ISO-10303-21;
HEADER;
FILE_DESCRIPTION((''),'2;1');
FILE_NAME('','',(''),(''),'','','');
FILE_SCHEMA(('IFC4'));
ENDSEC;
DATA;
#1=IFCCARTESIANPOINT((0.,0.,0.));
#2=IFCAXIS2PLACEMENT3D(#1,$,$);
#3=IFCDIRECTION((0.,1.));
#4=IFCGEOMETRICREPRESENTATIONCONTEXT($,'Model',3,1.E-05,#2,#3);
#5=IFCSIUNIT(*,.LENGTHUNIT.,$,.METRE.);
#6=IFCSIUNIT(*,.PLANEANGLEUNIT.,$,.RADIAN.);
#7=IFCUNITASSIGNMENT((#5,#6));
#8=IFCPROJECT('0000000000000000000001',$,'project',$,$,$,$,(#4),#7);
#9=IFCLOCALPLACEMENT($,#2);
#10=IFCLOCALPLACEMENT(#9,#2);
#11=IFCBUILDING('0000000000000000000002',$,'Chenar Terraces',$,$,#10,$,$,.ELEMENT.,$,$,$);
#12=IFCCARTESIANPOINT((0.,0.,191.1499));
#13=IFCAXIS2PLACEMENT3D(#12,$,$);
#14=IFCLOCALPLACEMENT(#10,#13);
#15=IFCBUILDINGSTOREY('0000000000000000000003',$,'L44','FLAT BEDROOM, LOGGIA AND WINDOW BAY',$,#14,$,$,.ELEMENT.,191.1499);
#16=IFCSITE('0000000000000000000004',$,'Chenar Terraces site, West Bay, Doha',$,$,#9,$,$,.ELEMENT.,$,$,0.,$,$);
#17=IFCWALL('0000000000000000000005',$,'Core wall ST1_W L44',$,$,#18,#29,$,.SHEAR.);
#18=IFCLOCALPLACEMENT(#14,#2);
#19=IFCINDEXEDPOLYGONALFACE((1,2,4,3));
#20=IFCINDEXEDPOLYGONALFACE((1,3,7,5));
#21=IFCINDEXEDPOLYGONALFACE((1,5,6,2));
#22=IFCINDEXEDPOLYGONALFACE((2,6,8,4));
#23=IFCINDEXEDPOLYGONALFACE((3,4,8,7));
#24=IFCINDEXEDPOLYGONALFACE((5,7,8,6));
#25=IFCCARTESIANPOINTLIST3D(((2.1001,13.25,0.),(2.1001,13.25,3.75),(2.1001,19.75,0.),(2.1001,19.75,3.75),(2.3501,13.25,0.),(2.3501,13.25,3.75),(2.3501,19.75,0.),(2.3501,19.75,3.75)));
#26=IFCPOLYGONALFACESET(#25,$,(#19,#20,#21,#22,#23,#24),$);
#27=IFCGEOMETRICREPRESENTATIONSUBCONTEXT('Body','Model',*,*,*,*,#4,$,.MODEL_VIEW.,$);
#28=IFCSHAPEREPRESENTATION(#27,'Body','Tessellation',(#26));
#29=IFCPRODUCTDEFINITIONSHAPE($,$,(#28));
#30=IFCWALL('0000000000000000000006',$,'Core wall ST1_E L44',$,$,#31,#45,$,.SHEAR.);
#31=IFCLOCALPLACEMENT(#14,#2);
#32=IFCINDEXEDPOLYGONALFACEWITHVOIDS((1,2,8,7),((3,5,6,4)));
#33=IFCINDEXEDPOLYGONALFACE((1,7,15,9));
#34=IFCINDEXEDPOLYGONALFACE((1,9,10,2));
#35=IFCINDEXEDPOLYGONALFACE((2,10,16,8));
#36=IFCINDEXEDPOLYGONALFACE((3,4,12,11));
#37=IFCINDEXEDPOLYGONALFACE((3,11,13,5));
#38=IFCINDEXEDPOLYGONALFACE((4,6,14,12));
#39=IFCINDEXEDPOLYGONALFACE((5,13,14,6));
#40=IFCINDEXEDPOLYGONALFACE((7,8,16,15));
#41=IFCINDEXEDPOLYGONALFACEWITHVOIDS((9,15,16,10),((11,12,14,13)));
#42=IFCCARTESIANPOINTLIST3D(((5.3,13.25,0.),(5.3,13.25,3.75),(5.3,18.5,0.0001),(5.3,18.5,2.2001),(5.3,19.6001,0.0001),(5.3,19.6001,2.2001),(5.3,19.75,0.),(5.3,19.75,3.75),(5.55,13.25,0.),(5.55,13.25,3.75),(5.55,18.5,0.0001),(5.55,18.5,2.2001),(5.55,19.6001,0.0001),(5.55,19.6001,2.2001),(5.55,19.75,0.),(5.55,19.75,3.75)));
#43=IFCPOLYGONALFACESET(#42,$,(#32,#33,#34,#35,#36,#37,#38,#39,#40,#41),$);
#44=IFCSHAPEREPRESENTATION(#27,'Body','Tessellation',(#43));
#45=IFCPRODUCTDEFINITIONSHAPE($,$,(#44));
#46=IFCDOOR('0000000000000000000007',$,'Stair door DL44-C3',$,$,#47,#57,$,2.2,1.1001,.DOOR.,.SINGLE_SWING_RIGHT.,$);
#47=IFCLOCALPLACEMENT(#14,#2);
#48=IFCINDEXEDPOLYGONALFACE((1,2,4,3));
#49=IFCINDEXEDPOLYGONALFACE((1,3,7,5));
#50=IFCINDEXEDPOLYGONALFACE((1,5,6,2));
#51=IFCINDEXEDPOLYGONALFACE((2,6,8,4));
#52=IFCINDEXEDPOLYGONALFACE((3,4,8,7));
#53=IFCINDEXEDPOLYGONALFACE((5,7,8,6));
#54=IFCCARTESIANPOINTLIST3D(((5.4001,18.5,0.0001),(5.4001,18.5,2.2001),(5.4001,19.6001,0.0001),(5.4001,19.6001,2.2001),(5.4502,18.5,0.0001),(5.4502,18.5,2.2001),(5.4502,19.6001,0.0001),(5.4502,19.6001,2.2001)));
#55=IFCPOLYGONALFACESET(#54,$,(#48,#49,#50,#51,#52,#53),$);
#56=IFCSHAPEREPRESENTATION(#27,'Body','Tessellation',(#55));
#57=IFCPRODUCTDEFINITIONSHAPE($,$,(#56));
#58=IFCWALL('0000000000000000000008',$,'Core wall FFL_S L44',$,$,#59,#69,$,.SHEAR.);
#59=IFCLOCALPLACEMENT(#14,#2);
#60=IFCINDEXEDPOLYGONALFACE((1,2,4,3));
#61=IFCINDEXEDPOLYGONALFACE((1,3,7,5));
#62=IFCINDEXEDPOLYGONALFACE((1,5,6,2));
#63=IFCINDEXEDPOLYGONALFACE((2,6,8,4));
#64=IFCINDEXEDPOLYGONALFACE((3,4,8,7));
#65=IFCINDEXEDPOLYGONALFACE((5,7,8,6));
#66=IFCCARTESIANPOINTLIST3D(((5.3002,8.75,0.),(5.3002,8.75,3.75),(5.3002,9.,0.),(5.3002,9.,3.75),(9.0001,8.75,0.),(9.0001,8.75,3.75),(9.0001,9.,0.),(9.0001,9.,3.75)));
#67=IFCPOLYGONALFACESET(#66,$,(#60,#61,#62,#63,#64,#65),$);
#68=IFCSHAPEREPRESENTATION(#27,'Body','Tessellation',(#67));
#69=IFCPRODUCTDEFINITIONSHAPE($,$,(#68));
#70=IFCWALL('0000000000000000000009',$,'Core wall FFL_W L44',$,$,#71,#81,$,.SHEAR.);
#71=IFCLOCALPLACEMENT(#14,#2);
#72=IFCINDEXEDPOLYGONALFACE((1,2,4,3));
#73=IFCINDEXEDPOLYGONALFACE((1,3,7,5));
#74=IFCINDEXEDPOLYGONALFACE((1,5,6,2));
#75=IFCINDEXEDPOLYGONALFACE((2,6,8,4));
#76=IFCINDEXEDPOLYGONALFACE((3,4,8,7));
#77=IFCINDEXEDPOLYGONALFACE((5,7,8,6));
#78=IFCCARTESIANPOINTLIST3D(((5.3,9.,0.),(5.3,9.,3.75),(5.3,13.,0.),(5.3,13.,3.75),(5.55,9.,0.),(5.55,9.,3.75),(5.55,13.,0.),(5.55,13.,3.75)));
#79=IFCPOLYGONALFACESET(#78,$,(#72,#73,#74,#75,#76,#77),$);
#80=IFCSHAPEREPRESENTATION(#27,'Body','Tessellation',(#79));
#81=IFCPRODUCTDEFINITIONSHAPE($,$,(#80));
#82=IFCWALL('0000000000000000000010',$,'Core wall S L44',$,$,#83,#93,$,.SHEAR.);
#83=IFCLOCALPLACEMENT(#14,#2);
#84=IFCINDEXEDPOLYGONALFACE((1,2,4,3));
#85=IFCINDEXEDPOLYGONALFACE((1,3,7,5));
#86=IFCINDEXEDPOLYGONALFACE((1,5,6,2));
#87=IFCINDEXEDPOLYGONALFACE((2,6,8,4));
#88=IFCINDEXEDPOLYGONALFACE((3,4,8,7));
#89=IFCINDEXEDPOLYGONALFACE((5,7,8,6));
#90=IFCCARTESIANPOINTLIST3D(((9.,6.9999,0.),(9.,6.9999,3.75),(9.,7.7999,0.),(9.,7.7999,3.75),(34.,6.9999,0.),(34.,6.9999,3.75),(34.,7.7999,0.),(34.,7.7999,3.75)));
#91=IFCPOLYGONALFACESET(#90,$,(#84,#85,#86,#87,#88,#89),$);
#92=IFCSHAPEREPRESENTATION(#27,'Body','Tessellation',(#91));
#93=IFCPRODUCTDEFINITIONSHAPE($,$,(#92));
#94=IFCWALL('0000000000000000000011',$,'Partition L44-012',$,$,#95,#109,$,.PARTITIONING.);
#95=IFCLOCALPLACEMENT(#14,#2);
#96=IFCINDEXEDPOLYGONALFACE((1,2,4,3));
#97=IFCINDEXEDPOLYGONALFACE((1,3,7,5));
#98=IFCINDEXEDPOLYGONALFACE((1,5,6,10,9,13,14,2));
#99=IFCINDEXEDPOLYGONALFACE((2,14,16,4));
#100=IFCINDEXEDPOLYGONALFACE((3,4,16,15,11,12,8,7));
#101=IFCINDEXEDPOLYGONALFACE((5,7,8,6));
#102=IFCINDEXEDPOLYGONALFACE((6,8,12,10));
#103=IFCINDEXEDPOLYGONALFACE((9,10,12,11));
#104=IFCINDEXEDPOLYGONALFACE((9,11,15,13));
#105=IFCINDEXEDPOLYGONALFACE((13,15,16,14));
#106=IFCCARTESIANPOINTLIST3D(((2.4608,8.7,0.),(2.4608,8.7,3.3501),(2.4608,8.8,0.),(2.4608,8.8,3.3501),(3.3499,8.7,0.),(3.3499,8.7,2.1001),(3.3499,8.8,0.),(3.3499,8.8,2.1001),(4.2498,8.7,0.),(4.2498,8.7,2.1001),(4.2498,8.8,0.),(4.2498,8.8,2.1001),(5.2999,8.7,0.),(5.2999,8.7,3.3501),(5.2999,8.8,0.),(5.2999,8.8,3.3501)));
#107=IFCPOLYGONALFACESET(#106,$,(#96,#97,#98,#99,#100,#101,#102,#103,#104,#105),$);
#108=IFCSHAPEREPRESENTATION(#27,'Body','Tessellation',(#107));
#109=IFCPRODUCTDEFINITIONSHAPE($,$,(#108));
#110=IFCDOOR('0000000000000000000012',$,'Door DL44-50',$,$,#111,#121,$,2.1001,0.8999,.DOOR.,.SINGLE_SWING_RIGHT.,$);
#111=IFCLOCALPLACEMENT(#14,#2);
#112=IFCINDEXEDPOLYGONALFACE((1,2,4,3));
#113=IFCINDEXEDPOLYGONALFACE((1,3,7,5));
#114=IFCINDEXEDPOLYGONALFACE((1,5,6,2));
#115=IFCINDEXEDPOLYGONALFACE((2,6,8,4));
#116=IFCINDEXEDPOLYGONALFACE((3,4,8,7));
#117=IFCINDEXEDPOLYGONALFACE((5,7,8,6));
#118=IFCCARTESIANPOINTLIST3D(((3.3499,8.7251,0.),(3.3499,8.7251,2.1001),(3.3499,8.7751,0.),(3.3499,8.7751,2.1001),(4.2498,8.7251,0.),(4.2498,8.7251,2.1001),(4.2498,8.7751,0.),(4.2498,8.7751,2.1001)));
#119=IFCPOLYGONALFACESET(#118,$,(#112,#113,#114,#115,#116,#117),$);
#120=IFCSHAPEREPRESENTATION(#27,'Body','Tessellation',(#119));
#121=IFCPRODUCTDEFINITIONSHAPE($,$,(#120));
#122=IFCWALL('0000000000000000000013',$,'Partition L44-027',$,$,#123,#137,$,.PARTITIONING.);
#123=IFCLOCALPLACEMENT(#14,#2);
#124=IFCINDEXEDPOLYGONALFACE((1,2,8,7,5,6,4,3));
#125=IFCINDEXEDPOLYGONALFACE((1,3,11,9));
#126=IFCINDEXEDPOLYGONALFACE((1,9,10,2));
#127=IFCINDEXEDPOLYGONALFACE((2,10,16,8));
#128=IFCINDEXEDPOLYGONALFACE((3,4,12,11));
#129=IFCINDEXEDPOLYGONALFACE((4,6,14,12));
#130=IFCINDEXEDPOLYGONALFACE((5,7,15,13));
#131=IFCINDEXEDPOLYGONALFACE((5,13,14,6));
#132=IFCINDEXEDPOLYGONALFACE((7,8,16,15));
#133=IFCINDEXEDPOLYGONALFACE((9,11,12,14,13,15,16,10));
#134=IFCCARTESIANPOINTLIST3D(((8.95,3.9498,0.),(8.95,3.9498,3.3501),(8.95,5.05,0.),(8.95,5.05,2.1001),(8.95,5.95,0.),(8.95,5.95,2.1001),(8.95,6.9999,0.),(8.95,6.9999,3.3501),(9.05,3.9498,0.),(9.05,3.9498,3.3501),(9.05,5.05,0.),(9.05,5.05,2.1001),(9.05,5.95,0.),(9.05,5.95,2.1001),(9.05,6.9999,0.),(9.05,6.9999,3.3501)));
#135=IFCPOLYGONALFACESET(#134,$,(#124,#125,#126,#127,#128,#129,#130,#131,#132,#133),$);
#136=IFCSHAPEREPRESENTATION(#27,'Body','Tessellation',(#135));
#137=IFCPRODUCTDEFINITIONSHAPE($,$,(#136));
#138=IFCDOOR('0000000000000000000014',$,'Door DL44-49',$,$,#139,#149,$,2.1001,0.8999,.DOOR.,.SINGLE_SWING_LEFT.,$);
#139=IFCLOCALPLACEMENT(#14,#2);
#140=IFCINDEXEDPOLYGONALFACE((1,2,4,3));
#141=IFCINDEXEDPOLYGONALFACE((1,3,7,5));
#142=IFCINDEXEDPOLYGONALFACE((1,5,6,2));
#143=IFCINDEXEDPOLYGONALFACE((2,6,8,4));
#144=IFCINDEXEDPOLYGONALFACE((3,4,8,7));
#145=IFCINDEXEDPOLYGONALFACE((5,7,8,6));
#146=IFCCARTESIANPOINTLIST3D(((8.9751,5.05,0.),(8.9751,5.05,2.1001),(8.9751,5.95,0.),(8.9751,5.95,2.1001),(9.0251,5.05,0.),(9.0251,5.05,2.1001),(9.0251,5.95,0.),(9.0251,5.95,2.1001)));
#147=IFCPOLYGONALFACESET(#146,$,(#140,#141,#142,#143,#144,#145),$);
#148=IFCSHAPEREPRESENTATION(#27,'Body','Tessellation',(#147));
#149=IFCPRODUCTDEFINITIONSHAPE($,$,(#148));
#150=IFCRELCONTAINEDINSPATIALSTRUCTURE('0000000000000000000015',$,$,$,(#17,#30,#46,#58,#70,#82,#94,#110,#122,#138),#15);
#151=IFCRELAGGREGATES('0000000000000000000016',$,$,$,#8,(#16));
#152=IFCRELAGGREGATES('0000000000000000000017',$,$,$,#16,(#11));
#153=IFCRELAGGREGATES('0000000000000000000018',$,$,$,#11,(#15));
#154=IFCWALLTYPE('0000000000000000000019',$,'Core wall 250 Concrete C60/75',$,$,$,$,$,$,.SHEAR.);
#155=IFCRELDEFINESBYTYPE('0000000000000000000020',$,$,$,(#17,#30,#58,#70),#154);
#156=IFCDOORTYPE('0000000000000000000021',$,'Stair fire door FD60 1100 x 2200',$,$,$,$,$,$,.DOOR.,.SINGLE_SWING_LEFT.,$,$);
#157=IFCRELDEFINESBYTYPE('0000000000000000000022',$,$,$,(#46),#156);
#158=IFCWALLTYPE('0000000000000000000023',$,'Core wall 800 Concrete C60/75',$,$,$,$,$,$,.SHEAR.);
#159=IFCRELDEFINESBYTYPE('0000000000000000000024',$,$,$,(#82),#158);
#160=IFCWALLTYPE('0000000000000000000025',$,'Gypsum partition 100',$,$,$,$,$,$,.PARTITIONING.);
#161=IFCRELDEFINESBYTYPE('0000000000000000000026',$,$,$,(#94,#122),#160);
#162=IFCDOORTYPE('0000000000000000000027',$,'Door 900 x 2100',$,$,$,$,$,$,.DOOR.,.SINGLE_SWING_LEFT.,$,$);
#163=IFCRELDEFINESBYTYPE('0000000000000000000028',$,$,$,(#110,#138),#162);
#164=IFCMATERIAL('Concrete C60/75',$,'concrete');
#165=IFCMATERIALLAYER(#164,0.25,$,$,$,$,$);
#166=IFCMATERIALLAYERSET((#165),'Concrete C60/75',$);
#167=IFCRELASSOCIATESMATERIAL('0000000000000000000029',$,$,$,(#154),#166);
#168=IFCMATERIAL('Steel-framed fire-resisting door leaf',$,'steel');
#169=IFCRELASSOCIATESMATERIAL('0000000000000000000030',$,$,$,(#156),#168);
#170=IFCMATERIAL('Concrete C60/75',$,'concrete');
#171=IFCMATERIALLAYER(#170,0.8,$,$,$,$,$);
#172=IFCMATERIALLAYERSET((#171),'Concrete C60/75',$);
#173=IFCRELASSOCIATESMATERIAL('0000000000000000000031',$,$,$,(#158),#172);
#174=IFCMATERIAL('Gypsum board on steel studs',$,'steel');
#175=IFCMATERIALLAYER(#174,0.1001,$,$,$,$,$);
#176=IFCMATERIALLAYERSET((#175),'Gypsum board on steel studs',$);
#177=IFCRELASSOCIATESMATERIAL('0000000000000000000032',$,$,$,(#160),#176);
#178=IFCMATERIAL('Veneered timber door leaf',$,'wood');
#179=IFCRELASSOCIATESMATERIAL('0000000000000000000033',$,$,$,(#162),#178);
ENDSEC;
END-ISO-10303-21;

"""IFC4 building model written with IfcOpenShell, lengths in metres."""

from ifc_helpers import new_model, si_unit, direction, frame, frame_2d, origin, place, context, subcontext, project, spatial, rectangle, extrude, material, layer, layer_set, type_object, element, fill, save


model = new_model("IFC4")

# Units and contexts
model_context = context("Model", 3, precision=1e-05, world=origin(), true_north=direction((0.0, 1.0)))
body_context = subcontext(model_context, "Body", "Model", "MODEL_VIEW")
ifc_project = project(units=[si_unit("LENGTHUNIT", "METRE"), si_unit("PLANEANGLEUNIT", "RADIAN")], contexts=[model_context])

# Site, building, storey
site_placement = place(None, origin())
site = spatial("IfcSite", under=ifc_project, at=site_placement, Name="Chenar Terraces site, West Bay, Doha", CompositionType="ELEMENT", RefElevation=0.0)
building_placement = place(site_placement, origin())
building = spatial("IfcBuilding", under=site, at=building_placement, Name="Chenar Terraces", CompositionType="ELEMENT")
storey_placement = place(building_placement, frame((0.0, 0.0, 191.1499)))
storey = spatial("IfcBuildingStorey", under=building, at=storey_placement, Name="L44", Description="FLAT BEDROOM, LOGGIA AND WINDOW BAY", CompositionType="ELEMENT", Elevation=191.1499)

# Wall
ifc_material_1 = material(Name="Concrete C60/75", Category="concrete")
ifc_layer_1 = layer(ifc_material_1, 0.25)
ifc_layer_set_1 = layer_set([ifc_layer_1], Name="Concrete C60/75")
wall_type_1 = type_object("IfcWallType", Name="Core wall 250 Concrete C60/75", PredefinedType="SHEAR", material=ifc_layer_set_1)
wall_1_placement = place(storey_placement, frame((2.2251, 13.25, 0.0), z_axis=(0.0, 0.0, 1.0), x_axis=(0.0, 1.0, 0.0)))
element("IfcWall", 1, at=wall_1_placement, inside=storey, type_object=wall_type_1, Name="Core wall ST1_W L44", PredefinedType="SHEAR", context=body_context, shape_type="SweptSolid", body=[
    extrude(rectangle(XDim=6.5, YDim=0.25, at=frame_2d((3.25, 0.0))), origin(), (0.0, 0.0, 1.0), 3.75),
])

# Wall, opening, door
wall_2_placement = place(storey_placement, frame((5.425, 13.25, 0.0), z_axis=(0.0, 0.0, 1.0), x_axis=(0.0, 1.0, 0.0)))
wall_2 = element("IfcWall", 2, at=wall_2_placement, inside=storey, type_object=wall_type_1, Name="Core wall ST1_E L44", PredefinedType="SHEAR", context=body_context, shape_type="SweptSolid", body=[
    extrude(rectangle(XDim=6.5, YDim=0.25, at=frame_2d((3.25, 0.0))), origin(), (0.0, 0.0, 1.0), 3.75),
])
opening_1_placement = place(wall_2_placement, frame((5.25, 0.0, 0.0)))
opening_1 = element("IfcOpeningElement", 3, at=opening_1_placement, cuts=wall_2, PredefinedType="OPENING", context=body_context, shape_type="SweptSolid", body=[
    extrude(rectangle(XDim=1.1001, YDim=2.2, at=frame_2d((0.55, 1.1001))), frame((0.0, 0.135, 0.0), z_axis=(0.0, -1.0, 0.0), x_axis=(1.0, 0.0, 0.0)), (0.0, 0.0, 1.0), 0.27),
])
ifc_material_2 = material(Name="Steel-framed fire-resisting door leaf", Category="steel")
door_type_1 = type_object("IfcDoorType", Name="Stair fire door FD60 1100 x 2200", OperationType="SINGLE_SWING_LEFT", PredefinedType="DOOR", material=ifc_material_2)
door_1_placement = place(opening_1_placement, origin())
door_1 = element("IfcDoor", 4, at=door_1_placement, inside=storey, type_object=door_type_1, Name="Stair door DL44-C3", OperationType="SINGLE_SWING_RIGHT", OverallHeight=2.2, OverallWidth=1.1001, PredefinedType="DOOR", context=body_context, shape_type="SweptSolid", body=[
    extrude(rectangle(XDim=1.1001, YDim=2.2, at=frame_2d((0.55, 1.1001))), frame((0.0, 0.0249, 0.0), z_axis=(0.0, -1.0, 0.0), x_axis=(1.0, 0.0, 0.0)), (0.0, 0.0, 1.0), 0.05),
])
fill(opening_1, door_1)

# Walls
wall_3_placement = place(storey_placement, frame((5.3, 8.875, 0.0), z_axis=(0.0, 0.0, 1.0), x_axis=(1.0, 0.0, 0.0)))
element("IfcWall", 5, at=wall_3_placement, inside=storey, type_object=wall_type_1, Name="Core wall FFL_S L44", PredefinedType="SHEAR", context=body_context, shape_type="SweptSolid", body=[
    extrude(rectangle(XDim=3.7, YDim=0.25, at=frame_2d((1.8501, 0.0))), origin(), (0.0, 0.0, 1.0), 3.75),
])
wall_4_placement = place(storey_placement, frame((5.425, 9.0, 0.0), z_axis=(0.0, 0.0, 1.0), x_axis=(0.0, 1.0, 0.0)))
element("IfcWall", 6, at=wall_4_placement, inside=storey, type_object=wall_type_1, Name="Core wall FFL_W L44", PredefinedType="SHEAR", context=body_context, shape_type="SweptSolid", body=[
    extrude(rectangle(XDim=4.0, YDim=0.25, at=frame_2d((2.0, 0.0))), origin(), (0.0, 0.0, 1.0), 3.75),
])
ifc_material_3 = material(Name="Concrete C60/75", Category="concrete")
ifc_layer_2 = layer(ifc_material_3, 0.8)
ifc_layer_set_2 = layer_set([ifc_layer_2], Name="Concrete C60/75")
wall_type_2 = type_object("IfcWallType", Name="Core wall 800 Concrete C60/75", PredefinedType="SHEAR", material=ifc_layer_set_2)
wall_5_placement = place(storey_placement, frame((9.0, 7.3999, 0.0), z_axis=(0.0, 0.0, 1.0), x_axis=(1.0, 0.0, 0.0)))
element("IfcWall", 7, at=wall_5_placement, inside=storey, type_object=wall_type_2, Name="Core wall S L44", PredefinedType="SHEAR", context=body_context, shape_type="SweptSolid", body=[
    extrude(rectangle(XDim=25.0, YDim=0.8, at=frame_2d((12.5, 0.0))), origin(), (0.0, 0.0, 1.0), 3.75),
])

# Walls, openings, doors
ifc_material_4 = material(Name="Gypsum board on steel studs", Category="steel")
ifc_layer_3 = layer(ifc_material_4, 0.1001)
ifc_layer_set_3 = layer_set([ifc_layer_3], Name="Gypsum board on steel studs")
wall_type_3 = type_object("IfcWallType", Name="Gypsum partition 100", PredefinedType="PARTITIONING", material=ifc_layer_set_3)
wall_6_placement = place(storey_placement, frame((2.4609, 8.75, 0.0), z_axis=(0.0, 0.0, 1.0), x_axis=(1.0, 0.0, 0.0)))
wall_6 = element("IfcWall", 8, at=wall_6_placement, inside=storey, type_object=wall_type_3, Name="Partition L44-012", PredefinedType="PARTITIONING", context=body_context, shape_type="SweptSolid", body=[
    extrude(rectangle(XDim=2.8391, YDim=0.1001, at=frame_2d((1.4194, 0.0))), origin(), (0.0, 0.0, 1.0), 3.3501),
])
opening_2_placement = place(wall_6_placement, frame((0.8889, 0.0, 0.0)))
opening_2 = element("IfcOpeningElement", 9, at=opening_2_placement, cuts=wall_6, PredefinedType="OPENING", context=body_context, shape_type="SweptSolid", body=[
    extrude(rectangle(XDim=0.8999, YDim=2.1001, at=frame_2d((0.45, 1.05))), frame((0.0, 0.0601, 0.0), z_axis=(0.0, -1.0, 0.0), x_axis=(1.0, 0.0, 0.0)), (0.0, 0.0, 1.0), 0.1201),
])
ifc_material_5 = material(Name="Veneered timber door leaf", Category="wood")
door_type_2 = type_object("IfcDoorType", Name="Door 900 x 2100", OperationType="SINGLE_SWING_LEFT", PredefinedType="DOOR", material=ifc_material_5)
door_2_placement = place(opening_2_placement, frame((0.8999, 0.0, 0.0), z_axis=(0.0, 0.0, 1.0), x_axis=(-1.0, 0.0, 0.0)))
door_2 = element("IfcDoor", 10, at=door_2_placement, inside=storey, type_object=door_type_2, Name="Door DL44-50", OperationType="SINGLE_SWING_RIGHT", OverallHeight=2.1001, OverallWidth=0.8999, PredefinedType="DOOR", context=body_context, shape_type="SweptSolid", body=[
    extrude(rectangle(XDim=0.8999, YDim=2.1001, at=frame_2d((0.45, 1.05))), frame((0.0, 0.0249, 0.0), z_axis=(0.0, -1.0, 0.0), x_axis=(1.0, 0.0, 0.0)), (0.0, 0.0, 1.0), 0.05),
])
fill(opening_2, door_2)
wall_7_placement = place(storey_placement, frame((9.0, 3.95, 0.0), z_axis=(0.0, 0.0, 1.0), x_axis=(0.0, 1.0, 0.0)))
wall_7 = element("IfcWall", 11, at=wall_7_placement, inside=storey, type_object=wall_type_3, Name="Partition L44-027", PredefinedType="PARTITIONING", context=body_context, shape_type="SweptSolid", body=[
    extrude(rectangle(XDim=3.05, YDim=0.1001, at=frame_2d((1.5249, 0.0))), origin(), (0.0, 0.0, 1.0), 3.3501),
])
opening_3_placement = place(wall_7_placement, frame((1.1001, 0.0, 0.0)))
opening_3 = element("IfcOpeningElement", 12, at=opening_3_placement, cuts=wall_7, PredefinedType="OPENING", context=body_context, shape_type="SweptSolid", body=[
    extrude(rectangle(XDim=0.8999, YDim=2.1001, at=frame_2d((0.45, 1.05))), frame((0.0, 0.0601, 0.0), z_axis=(0.0, -1.0, 0.0), x_axis=(1.0, 0.0, 0.0)), (0.0, 0.0, 1.0), 0.1201),
])
door_3_placement = place(opening_3_placement, origin())
door_3 = element("IfcDoor", 13, at=door_3_placement, inside=storey, type_object=door_type_2, Name="Door DL44-49", OperationType="SINGLE_SWING_LEFT", OverallHeight=2.1001, OverallWidth=0.8999, PredefinedType="DOOR", context=body_context, shape_type="SweptSolid", body=[
    extrude(rectangle(XDim=0.8999, YDim=2.1001, at=frame_2d((0.45, 1.05))), frame((0.0, 0.0249, 0.0), z_axis=(0.0, -1.0, 0.0), x_axis=(1.0, 0.0, 0.0)), (0.0, 0.0, 1.0), 0.05),
])
fill(opening_3, door_3)

save(model, "model.ifc")
